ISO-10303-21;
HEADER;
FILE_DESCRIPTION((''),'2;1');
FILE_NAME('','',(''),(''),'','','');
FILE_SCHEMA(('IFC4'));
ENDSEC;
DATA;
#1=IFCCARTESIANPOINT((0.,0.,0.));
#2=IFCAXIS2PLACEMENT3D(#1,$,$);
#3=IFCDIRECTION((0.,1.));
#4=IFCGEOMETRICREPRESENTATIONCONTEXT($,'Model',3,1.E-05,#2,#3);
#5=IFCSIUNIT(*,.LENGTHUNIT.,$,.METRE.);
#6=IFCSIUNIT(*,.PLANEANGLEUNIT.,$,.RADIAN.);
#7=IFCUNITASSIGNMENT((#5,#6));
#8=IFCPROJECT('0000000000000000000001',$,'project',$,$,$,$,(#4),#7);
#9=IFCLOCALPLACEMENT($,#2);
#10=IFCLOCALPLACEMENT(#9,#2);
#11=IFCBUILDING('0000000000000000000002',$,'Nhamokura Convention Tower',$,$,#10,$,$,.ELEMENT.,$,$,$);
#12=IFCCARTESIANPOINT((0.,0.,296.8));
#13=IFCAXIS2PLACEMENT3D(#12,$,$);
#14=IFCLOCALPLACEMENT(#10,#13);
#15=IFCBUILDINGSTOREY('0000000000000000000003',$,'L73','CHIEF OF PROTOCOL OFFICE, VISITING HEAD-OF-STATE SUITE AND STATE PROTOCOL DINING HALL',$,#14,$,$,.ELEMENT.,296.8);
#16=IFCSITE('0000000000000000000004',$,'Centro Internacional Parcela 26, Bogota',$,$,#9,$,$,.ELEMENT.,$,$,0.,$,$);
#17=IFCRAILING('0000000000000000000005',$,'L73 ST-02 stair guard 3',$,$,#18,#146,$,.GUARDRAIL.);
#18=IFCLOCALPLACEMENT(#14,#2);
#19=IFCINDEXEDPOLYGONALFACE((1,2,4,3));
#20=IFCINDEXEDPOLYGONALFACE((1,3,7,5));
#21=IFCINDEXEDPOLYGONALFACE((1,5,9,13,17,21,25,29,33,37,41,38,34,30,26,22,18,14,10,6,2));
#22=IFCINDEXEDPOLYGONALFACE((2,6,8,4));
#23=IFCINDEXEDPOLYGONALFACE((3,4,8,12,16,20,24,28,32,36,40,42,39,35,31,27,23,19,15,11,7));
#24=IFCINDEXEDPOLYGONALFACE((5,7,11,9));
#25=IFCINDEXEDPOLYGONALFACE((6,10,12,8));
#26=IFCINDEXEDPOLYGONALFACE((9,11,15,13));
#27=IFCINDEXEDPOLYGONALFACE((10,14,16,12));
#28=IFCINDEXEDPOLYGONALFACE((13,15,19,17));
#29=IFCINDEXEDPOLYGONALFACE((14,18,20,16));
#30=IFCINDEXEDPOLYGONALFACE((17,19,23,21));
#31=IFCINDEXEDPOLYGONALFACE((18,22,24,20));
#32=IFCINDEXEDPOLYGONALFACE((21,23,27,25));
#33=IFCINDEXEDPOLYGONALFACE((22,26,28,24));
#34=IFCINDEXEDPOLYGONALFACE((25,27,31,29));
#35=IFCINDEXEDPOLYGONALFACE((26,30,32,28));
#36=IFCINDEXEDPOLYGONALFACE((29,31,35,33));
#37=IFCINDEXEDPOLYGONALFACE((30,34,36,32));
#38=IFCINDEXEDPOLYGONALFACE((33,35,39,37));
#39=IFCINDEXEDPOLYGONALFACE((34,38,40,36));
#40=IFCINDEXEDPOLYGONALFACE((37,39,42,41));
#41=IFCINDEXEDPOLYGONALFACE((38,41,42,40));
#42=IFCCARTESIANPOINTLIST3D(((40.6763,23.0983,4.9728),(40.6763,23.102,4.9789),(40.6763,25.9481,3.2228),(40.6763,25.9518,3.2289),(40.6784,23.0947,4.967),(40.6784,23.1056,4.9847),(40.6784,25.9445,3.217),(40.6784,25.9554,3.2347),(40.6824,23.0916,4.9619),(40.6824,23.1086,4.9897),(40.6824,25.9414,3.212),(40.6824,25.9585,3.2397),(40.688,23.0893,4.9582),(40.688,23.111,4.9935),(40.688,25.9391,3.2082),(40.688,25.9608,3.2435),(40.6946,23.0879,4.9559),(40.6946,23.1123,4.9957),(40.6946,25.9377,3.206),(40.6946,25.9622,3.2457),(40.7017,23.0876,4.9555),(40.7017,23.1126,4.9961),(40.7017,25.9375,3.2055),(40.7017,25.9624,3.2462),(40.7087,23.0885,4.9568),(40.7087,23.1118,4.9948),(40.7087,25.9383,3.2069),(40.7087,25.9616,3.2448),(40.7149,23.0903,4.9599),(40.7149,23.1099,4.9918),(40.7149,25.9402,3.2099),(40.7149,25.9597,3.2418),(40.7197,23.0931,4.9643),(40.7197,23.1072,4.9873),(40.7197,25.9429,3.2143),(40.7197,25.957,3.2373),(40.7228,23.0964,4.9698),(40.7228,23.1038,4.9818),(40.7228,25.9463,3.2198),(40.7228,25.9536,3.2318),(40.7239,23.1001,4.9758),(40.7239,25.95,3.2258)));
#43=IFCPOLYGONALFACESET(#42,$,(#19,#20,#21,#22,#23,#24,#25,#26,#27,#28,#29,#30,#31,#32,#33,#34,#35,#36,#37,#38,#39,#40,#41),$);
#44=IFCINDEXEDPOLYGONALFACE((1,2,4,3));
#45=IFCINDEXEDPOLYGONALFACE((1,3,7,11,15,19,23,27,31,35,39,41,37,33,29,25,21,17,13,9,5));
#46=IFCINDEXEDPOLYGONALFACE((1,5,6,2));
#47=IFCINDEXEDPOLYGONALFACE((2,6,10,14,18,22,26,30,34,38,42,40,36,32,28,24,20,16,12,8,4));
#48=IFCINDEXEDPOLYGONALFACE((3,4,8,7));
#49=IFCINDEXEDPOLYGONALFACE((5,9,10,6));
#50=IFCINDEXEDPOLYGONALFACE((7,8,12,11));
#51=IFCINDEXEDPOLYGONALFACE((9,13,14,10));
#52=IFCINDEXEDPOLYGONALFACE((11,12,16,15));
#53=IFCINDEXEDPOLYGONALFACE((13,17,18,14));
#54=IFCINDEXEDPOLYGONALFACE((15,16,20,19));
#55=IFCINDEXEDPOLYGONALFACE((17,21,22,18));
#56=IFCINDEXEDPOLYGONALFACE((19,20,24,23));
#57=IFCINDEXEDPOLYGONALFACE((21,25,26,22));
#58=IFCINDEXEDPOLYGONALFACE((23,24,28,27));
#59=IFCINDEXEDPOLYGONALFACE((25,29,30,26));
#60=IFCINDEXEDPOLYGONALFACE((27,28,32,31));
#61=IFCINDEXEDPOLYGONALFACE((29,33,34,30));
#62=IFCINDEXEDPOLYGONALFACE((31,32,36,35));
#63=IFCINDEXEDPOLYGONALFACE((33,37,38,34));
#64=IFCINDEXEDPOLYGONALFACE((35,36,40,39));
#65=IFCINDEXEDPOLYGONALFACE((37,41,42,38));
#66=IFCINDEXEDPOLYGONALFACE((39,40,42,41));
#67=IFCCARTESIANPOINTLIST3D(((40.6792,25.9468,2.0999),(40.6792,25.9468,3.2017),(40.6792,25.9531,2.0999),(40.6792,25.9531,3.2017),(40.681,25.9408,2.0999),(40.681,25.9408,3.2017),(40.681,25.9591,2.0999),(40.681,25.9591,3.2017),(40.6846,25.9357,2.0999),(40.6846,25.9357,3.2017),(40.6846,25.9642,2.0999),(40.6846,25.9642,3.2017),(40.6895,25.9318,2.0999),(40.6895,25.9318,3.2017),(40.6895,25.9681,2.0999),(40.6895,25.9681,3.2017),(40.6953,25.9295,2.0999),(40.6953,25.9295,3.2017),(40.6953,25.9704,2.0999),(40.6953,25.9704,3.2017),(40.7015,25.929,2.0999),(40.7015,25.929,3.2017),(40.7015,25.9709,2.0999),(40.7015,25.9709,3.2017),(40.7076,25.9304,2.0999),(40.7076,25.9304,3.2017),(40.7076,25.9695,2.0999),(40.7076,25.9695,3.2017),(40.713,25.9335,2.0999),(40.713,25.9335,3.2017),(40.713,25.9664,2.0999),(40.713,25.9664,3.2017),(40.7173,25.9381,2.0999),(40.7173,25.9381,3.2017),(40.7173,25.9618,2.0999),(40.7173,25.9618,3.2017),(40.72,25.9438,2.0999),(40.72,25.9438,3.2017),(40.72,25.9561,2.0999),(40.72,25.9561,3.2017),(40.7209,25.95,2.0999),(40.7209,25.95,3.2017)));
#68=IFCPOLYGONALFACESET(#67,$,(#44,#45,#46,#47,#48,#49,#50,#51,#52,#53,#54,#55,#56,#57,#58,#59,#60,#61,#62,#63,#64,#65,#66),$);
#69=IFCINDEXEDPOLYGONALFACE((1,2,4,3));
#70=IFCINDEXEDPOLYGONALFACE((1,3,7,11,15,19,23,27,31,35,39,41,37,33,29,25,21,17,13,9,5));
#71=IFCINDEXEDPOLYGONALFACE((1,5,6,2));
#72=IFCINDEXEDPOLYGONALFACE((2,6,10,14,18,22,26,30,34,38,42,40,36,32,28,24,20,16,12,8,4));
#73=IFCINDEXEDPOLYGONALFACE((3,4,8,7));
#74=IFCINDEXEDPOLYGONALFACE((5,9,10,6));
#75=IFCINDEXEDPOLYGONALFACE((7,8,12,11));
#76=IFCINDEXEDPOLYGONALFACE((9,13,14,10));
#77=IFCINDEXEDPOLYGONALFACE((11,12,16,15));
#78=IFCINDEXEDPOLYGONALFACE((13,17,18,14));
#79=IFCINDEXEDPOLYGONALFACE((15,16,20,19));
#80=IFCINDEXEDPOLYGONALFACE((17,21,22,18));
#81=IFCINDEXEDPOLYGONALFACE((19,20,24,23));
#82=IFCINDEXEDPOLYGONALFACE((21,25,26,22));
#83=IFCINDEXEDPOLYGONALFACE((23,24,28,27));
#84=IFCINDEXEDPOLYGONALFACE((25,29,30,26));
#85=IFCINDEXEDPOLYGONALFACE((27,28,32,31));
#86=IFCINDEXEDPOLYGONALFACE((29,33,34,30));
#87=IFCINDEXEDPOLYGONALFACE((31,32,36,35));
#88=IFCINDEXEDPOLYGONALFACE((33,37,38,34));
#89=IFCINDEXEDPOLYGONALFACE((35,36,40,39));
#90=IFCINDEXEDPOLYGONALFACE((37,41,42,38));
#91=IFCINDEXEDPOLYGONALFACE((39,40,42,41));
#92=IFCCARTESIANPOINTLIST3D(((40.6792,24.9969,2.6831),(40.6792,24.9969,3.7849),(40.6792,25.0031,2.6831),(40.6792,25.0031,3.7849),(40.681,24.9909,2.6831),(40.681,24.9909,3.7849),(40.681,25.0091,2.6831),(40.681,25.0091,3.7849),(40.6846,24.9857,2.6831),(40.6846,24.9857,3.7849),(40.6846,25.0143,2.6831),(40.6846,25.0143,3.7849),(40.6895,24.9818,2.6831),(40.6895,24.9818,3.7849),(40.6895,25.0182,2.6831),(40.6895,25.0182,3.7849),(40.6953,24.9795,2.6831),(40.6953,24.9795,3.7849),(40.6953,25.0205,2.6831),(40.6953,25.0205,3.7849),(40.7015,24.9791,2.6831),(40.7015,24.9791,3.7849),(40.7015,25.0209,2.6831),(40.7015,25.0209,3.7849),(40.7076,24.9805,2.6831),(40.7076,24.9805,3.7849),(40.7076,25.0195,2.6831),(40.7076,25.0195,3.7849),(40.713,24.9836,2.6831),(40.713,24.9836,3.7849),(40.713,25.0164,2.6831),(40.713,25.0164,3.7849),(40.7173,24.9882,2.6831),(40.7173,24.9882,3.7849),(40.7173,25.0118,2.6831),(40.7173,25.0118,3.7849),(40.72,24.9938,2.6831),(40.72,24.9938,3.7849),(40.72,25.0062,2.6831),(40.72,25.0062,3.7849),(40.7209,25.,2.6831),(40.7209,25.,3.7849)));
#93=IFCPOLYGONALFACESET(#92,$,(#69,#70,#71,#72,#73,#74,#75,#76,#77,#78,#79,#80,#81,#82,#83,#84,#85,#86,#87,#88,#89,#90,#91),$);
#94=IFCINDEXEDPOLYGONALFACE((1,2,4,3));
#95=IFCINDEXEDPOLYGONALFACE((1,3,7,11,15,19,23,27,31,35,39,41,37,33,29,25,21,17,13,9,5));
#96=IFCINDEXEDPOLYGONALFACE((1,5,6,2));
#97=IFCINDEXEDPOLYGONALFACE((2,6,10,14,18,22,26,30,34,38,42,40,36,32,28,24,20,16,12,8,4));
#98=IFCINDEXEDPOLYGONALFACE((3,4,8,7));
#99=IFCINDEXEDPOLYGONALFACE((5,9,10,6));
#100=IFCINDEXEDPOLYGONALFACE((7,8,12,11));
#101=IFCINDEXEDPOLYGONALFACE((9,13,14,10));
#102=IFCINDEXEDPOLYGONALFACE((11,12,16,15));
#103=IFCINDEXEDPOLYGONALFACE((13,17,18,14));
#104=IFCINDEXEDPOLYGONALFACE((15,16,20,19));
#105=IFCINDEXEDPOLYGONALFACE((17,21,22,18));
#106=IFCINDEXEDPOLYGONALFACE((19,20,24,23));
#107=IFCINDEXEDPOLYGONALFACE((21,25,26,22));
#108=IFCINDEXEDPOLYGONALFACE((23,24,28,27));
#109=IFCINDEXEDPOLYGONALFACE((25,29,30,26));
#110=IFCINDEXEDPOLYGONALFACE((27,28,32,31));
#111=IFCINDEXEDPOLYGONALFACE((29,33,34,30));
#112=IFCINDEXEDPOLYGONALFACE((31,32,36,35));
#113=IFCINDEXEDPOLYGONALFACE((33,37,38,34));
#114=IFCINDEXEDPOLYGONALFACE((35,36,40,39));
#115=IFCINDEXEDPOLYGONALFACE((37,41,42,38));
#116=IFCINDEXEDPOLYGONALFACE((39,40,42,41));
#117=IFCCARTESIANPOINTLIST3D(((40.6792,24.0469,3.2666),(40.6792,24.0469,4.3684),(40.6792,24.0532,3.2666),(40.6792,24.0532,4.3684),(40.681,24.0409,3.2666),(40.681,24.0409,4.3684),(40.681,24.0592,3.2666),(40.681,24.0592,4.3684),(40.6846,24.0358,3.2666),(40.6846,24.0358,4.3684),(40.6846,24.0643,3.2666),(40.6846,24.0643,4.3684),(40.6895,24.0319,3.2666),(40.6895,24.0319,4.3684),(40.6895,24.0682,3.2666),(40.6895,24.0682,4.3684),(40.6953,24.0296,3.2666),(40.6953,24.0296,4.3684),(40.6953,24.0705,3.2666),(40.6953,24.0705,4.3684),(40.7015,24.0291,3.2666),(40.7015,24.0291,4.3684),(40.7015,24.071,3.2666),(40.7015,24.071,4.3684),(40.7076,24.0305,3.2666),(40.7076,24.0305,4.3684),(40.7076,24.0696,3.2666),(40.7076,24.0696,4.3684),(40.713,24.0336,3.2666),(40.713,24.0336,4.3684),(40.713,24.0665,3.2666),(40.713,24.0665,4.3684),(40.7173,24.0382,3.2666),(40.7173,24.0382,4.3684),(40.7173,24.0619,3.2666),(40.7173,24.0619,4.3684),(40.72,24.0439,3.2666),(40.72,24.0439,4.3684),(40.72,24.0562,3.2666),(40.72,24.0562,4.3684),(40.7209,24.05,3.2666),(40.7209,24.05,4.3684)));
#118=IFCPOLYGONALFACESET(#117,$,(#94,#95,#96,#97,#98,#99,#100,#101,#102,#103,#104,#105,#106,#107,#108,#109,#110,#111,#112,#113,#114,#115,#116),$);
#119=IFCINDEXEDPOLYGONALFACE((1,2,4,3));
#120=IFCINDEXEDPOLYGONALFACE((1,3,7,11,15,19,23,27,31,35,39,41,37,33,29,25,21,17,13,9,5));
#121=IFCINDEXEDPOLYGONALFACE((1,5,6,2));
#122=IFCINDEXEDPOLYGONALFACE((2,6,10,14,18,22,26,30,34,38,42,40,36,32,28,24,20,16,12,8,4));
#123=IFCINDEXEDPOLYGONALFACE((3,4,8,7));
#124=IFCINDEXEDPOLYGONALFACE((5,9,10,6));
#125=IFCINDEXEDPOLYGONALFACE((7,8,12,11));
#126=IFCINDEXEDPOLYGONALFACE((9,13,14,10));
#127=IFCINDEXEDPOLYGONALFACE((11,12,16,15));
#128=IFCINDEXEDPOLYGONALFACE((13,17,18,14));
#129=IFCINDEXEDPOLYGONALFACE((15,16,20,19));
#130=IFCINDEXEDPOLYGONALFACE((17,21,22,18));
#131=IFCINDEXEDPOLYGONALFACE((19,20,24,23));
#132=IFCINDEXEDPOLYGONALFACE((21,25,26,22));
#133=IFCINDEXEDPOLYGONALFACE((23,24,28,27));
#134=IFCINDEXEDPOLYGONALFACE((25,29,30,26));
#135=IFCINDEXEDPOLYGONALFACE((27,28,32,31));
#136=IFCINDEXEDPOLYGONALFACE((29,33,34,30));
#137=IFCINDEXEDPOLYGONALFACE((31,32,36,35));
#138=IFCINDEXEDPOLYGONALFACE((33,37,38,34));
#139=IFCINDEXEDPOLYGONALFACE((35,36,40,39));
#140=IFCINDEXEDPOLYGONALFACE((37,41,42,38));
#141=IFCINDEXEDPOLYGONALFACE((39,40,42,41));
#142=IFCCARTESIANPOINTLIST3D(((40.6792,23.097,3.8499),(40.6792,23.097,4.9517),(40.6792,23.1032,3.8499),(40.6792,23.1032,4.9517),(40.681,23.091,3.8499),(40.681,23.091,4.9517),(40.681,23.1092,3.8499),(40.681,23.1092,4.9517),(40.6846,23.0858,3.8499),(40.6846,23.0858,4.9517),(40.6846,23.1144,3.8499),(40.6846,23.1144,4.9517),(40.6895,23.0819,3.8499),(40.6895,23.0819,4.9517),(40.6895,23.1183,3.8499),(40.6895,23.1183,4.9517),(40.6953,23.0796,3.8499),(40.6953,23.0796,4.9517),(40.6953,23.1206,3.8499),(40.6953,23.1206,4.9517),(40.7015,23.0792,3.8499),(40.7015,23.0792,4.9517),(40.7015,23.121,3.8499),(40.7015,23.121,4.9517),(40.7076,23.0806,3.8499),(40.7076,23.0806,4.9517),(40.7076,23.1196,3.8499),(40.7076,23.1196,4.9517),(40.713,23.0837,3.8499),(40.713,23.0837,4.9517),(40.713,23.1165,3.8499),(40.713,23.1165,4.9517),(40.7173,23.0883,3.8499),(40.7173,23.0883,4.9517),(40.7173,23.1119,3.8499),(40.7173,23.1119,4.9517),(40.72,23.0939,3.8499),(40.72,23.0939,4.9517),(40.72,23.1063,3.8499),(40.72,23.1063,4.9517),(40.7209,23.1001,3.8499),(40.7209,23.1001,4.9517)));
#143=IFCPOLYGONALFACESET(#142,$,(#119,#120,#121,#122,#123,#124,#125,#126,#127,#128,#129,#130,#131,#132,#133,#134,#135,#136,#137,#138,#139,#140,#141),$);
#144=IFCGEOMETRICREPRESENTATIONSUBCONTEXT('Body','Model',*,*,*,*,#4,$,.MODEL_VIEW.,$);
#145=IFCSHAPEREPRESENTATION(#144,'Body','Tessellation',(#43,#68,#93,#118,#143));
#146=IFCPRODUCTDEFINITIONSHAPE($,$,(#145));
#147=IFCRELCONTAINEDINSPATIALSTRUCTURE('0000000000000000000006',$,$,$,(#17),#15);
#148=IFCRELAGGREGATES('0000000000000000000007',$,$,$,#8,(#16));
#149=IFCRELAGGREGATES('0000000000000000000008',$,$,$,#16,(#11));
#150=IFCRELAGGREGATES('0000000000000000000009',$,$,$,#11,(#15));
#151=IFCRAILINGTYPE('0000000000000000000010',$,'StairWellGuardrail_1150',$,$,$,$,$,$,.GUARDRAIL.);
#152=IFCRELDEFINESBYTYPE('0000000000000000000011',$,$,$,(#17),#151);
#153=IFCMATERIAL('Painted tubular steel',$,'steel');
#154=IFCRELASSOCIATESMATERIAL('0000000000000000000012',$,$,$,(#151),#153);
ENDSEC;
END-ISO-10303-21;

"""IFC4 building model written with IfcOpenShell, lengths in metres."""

from ifc_helpers import new_model, si_unit, direction, frame, origin, origin_2d, place, context, subcontext, project, spatial, circle, extrude, material, type_object, element, save


model = new_model("IFC4")

# Units and contexts
model_context = context("Model", 3, precision=1e-05, world=origin(), true_north=direction((0.0, 1.0)))
body_context = subcontext(model_context, "Body", "Model", "MODEL_VIEW")
ifc_project = project(units=[si_unit("LENGTHUNIT", "METRE"), si_unit("PLANEANGLEUNIT", "RADIAN")], contexts=[model_context])

# Site, building, storey
site_placement = place(None, origin())
site = spatial("IfcSite", under=ifc_project, at=site_placement, Name="Centro Internacional Parcela 26, Bogota", CompositionType="ELEMENT", RefElevation=0.0)
building_placement = place(site_placement, origin())
building = spatial("IfcBuilding", under=site, at=building_placement, Name="Nhamokura Convention Tower", CompositionType="ELEMENT")
storey_placement = place(building_placement, frame((0.0, 0.0, 296.8)))
storey = spatial("IfcBuildingStorey", under=building, at=storey_placement, Name="L73", Description="CHIEF OF PROTOCOL OFFICE, VISITING HEAD-OF-STATE SUITE AND STATE PROTOCOL DINING HALL", CompositionType="ELEMENT", Elevation=296.8)

# Railing
ifc_material_1 = material(Name="Painted tubular steel", Category="steel")
railing_type_1 = type_object("IfcRailingType", Name="StairWellGuardrail_1150", PredefinedType="GUARDRAIL", material=ifc_material_1)
railing_1_placement = place(storey_placement, frame((40.7, 25.95, 2.0999)))
element("IfcRailing", 1, at=railing_1_placement, inside=storey, type_object=railing_type_1, Name="L73 ST-02 stair guard 3", PredefinedType="GUARDRAIL", context=body_context, shape_type="SweptSolid", body=[
    extrude(circle(Radius=0.0239, at=origin_2d()), frame((0.0, 0.0, 1.126), z_axis=(0.0, -0.852159, 0.523283), x_axis=(1.0, 0.0, 0.0)), (0.0, 0.0, 1.0), 3.3442),
    extrude(circle(Radius=0.021, at=origin_2d()), origin(), (0.0, 0.0, 1.0), 1.1018),
    extrude(circle(Radius=0.021, at=origin_2d()), frame((0.0, -0.95, 0.5833)), (0.0, 0.0, 1.0), 1.1018),
    extrude(circle(Radius=0.021, at=origin_2d()), frame((0.0, -1.8999, 1.1667)), (0.0, 0.0, 1.0), 1.1018),
    extrude(circle(Radius=0.021, at=origin_2d()), frame((0.0, -2.8499, 1.75)), (0.0, 0.0, 1.0), 1.1018),
])

save(model, "model.ifc")
